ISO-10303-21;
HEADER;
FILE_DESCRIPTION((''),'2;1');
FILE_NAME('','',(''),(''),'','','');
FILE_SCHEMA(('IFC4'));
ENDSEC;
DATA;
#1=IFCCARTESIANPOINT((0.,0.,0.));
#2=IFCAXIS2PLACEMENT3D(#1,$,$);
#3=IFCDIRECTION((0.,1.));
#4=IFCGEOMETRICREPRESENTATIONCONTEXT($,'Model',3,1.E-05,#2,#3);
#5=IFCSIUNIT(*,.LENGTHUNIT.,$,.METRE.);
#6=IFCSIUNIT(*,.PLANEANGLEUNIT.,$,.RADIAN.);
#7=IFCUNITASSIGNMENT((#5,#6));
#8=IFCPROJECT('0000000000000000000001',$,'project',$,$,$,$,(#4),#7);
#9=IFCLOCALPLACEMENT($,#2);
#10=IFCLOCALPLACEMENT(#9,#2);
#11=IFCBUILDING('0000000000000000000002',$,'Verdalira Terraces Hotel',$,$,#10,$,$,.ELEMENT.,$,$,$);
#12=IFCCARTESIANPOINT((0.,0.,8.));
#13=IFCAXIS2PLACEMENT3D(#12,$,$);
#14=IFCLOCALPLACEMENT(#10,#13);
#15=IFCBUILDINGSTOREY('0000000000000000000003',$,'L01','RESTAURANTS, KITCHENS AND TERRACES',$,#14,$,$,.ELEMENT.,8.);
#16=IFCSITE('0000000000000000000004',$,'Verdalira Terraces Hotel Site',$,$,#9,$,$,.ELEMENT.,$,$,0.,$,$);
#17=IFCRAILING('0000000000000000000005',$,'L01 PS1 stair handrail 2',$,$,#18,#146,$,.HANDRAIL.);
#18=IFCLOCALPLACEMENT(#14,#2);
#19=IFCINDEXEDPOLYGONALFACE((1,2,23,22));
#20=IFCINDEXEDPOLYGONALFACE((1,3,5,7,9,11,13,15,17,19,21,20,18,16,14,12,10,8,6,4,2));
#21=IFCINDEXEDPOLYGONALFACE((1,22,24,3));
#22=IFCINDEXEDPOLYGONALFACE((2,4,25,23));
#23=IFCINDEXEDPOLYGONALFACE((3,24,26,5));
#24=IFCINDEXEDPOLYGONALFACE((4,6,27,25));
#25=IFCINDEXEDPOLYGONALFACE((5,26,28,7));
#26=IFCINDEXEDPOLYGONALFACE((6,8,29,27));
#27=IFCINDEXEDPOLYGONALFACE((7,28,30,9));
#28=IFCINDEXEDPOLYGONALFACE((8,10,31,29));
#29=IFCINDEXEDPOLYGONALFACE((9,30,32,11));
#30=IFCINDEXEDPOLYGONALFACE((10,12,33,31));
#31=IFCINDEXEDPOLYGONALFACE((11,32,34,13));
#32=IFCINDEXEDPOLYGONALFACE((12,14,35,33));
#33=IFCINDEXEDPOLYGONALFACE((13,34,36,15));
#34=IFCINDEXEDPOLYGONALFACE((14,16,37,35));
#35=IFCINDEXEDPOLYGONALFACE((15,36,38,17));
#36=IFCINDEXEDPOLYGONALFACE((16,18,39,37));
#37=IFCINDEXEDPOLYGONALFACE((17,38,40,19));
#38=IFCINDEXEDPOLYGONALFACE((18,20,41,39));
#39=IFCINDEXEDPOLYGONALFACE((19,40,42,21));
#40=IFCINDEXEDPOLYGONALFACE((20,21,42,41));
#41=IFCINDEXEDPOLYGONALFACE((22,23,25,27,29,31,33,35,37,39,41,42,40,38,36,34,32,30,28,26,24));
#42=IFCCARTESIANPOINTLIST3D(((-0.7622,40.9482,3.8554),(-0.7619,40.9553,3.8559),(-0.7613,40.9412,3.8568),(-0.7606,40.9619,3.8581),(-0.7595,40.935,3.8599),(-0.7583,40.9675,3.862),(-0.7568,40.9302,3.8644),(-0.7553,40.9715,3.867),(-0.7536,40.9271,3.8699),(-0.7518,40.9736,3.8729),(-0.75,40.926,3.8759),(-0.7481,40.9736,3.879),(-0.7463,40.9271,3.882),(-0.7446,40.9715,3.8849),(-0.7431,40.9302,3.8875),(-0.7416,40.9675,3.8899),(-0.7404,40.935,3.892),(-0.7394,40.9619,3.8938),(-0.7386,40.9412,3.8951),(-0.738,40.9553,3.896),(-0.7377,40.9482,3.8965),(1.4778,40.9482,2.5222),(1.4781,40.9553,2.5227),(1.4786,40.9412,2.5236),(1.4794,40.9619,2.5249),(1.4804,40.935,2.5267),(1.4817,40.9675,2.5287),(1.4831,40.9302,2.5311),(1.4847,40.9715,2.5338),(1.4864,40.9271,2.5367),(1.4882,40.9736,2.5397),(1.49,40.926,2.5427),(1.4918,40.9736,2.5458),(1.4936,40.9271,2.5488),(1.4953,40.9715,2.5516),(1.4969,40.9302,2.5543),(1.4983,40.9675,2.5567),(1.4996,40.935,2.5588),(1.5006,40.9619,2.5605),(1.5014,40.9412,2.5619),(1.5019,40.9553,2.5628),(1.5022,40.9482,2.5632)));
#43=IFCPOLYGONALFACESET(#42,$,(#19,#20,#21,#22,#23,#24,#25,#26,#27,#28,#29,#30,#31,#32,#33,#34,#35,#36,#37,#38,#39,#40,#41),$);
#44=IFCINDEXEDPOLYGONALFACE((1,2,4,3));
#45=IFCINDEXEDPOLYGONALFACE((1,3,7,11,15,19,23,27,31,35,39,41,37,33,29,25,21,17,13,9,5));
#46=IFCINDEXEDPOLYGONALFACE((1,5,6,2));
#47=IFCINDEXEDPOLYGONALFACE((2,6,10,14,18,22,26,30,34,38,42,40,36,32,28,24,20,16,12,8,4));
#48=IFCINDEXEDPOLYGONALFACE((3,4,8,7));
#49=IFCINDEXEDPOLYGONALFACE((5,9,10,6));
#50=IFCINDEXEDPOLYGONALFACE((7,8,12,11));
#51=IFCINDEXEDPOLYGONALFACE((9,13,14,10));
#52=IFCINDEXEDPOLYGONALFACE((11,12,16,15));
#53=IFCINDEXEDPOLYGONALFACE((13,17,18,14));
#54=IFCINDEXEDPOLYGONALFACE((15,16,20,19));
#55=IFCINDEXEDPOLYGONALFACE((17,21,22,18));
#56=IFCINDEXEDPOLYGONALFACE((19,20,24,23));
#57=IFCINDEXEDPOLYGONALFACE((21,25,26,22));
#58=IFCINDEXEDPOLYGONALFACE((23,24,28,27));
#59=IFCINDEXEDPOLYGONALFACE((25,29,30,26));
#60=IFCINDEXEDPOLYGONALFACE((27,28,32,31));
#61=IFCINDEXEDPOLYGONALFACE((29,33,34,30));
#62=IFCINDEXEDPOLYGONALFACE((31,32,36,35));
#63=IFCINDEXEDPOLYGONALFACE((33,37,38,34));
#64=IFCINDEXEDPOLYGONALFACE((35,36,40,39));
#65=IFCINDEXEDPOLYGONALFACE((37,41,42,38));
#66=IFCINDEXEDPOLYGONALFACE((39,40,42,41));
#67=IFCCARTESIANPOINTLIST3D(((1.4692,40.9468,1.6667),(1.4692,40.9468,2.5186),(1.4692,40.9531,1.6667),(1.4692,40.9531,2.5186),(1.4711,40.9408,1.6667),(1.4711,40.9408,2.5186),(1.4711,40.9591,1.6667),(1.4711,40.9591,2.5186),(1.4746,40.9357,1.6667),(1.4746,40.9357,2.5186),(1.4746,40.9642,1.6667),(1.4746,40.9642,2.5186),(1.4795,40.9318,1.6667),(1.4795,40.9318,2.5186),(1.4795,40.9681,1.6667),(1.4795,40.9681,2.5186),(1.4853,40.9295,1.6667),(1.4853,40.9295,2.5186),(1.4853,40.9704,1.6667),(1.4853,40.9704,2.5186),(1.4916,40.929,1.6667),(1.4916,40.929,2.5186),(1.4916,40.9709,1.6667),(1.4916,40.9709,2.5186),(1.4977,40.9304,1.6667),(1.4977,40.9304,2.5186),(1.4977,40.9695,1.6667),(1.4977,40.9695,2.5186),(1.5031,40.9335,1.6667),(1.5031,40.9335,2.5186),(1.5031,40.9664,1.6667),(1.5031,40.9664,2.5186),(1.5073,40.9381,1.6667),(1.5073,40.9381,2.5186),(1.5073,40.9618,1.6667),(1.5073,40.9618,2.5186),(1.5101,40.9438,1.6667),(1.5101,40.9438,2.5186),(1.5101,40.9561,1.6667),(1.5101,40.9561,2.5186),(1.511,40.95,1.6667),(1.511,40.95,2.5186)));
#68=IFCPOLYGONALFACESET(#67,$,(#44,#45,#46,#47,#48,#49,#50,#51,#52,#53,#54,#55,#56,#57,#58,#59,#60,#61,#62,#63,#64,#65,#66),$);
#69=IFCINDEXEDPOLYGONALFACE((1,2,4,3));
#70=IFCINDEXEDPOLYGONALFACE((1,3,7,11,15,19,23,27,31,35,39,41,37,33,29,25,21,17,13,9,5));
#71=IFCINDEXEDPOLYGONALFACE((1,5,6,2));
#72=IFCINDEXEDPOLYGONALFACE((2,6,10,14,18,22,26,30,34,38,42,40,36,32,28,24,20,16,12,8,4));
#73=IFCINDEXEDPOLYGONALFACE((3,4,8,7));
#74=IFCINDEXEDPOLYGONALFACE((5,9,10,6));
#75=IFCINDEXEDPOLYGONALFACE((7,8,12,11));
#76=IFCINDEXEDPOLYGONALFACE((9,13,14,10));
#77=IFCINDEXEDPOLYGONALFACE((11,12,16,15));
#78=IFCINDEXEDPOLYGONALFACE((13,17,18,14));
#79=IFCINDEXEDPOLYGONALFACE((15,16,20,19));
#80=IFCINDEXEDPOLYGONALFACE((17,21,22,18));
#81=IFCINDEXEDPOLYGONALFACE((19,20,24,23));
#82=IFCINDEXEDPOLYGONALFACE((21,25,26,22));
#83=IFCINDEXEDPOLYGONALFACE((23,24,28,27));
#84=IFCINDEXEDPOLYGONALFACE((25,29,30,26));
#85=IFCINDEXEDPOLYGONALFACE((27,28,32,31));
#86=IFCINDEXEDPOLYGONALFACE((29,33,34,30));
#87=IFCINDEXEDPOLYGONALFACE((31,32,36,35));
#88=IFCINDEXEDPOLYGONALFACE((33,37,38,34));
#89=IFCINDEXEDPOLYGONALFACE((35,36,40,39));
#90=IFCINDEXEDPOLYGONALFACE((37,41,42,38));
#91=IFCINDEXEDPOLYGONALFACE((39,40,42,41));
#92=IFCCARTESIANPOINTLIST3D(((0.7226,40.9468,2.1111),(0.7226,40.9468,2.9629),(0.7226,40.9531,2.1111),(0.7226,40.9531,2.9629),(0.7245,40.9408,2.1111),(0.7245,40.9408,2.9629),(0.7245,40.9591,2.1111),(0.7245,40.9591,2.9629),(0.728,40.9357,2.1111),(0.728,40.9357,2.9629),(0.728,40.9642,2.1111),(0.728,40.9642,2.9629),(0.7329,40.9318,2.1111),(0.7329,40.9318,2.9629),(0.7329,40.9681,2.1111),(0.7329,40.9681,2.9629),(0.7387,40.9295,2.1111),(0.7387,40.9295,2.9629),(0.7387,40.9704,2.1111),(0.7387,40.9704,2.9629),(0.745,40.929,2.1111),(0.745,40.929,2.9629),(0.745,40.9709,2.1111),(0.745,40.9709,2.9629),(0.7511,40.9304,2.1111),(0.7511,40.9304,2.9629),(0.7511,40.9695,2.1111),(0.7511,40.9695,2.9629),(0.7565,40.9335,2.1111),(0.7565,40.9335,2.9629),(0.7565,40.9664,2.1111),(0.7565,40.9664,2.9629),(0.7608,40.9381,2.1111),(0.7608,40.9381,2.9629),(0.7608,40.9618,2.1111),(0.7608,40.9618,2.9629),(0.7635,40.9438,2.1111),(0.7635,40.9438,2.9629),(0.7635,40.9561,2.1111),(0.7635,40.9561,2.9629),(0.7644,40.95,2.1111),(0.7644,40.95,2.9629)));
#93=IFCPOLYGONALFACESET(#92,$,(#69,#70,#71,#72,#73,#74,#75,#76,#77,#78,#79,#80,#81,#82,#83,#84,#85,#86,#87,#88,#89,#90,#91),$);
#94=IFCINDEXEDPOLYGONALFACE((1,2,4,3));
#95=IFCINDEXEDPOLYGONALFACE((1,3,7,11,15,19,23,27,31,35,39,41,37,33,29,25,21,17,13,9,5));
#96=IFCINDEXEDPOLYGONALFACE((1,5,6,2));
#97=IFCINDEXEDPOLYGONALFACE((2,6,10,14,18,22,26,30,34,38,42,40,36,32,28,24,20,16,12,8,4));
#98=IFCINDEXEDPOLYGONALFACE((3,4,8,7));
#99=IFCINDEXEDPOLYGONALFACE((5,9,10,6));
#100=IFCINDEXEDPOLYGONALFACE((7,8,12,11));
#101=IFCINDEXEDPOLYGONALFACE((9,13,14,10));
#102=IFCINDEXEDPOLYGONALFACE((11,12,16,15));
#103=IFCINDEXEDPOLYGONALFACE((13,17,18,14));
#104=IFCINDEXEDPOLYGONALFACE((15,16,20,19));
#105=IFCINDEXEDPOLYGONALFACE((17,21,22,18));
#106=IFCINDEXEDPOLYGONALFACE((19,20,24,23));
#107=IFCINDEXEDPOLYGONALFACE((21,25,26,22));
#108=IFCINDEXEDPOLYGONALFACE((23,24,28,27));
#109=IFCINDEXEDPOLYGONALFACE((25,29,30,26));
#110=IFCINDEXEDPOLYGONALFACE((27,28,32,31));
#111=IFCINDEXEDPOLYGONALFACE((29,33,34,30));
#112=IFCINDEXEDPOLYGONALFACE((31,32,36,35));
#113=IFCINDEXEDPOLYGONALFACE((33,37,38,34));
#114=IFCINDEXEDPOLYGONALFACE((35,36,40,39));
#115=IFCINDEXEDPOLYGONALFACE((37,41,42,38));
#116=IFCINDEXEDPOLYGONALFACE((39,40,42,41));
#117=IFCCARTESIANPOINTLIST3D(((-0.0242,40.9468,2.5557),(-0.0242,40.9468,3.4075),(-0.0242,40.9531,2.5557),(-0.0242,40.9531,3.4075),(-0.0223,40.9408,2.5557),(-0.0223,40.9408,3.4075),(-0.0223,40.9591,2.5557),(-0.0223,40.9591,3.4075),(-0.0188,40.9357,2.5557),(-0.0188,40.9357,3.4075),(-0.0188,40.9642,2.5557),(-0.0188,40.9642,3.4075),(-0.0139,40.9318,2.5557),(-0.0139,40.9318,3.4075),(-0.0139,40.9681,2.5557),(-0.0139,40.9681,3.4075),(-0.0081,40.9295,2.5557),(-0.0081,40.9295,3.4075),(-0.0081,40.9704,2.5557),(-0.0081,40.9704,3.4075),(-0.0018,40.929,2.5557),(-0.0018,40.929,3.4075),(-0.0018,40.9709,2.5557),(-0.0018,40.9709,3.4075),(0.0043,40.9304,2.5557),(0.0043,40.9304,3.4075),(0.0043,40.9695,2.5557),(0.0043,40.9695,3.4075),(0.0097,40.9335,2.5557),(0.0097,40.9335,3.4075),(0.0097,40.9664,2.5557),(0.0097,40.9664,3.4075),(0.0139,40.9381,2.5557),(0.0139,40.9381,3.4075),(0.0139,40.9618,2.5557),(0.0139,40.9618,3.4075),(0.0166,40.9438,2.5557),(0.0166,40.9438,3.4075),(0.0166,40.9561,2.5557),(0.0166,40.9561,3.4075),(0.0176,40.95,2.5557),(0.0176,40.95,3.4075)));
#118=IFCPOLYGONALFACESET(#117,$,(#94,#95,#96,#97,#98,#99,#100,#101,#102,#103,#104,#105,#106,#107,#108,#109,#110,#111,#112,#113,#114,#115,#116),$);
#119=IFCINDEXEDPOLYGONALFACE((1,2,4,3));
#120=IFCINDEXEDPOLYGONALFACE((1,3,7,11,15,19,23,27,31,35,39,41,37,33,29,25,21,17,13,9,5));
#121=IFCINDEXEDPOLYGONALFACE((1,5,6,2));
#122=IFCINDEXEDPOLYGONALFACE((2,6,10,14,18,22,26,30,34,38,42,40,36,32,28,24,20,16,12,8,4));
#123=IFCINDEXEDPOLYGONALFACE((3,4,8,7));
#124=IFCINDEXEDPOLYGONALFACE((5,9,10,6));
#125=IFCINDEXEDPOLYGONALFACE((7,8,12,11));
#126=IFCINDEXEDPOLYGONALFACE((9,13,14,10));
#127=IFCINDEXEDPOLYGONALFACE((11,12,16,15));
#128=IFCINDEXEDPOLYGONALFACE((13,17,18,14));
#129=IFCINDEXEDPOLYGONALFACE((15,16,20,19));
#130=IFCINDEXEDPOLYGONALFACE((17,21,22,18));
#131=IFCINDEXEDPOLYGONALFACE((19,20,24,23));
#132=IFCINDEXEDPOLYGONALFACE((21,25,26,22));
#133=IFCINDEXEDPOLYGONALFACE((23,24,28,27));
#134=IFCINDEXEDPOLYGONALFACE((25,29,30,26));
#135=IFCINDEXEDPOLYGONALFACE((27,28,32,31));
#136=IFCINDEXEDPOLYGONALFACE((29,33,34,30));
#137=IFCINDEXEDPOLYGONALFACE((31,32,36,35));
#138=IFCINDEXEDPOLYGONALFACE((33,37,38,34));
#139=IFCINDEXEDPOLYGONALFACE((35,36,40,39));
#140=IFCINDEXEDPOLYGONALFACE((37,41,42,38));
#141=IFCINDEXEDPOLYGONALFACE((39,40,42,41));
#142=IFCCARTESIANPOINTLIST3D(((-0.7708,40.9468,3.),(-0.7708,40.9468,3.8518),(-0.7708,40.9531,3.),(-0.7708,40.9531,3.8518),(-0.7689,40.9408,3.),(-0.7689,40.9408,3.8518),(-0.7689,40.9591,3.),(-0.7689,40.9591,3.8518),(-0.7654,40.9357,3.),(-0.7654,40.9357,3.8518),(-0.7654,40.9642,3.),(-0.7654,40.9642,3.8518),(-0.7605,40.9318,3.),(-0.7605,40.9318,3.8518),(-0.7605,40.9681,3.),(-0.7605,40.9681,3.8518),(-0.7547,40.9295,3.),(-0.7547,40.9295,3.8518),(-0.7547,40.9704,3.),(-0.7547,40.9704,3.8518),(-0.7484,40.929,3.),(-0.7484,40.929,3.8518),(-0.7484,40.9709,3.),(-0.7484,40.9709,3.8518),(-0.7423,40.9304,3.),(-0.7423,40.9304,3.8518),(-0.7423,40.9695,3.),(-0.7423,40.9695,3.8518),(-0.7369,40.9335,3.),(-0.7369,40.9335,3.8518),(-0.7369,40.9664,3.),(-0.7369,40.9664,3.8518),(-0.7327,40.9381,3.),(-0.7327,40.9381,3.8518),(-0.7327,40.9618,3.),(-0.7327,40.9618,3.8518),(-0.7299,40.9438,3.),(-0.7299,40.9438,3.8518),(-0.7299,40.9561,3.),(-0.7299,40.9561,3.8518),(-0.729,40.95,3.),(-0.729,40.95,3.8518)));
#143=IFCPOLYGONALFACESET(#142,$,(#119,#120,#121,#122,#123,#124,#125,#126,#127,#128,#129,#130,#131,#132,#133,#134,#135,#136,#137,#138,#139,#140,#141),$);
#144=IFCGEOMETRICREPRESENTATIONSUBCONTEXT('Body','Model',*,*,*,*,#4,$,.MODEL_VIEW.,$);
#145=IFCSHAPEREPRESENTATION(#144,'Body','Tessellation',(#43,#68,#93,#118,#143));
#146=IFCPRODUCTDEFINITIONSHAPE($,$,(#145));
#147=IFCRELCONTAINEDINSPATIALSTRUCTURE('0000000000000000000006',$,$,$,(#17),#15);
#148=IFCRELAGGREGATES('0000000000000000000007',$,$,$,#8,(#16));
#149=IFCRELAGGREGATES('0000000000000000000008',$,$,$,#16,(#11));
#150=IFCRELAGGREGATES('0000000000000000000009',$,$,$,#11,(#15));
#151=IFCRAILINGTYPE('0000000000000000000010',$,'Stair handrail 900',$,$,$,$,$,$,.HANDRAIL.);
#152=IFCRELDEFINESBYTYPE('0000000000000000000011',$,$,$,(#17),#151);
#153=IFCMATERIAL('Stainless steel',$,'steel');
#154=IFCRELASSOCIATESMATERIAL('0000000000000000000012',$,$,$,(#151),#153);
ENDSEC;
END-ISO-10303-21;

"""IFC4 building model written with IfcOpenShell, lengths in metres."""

from ifc_helpers import new_model, si_unit, direction, frame, origin, origin_2d, place, context, subcontext, project, spatial, circle, extrude, material, type_object, element, save


model = new_model("IFC4")

# Units and contexts
model_context = context("Model", 3, precision=1e-05, world=origin(), true_north=direction((0.0, 1.0)))
body_context = subcontext(model_context, "Body", "Model", "MODEL_VIEW")
ifc_project = project(units=[si_unit("LENGTHUNIT", "METRE"), si_unit("PLANEANGLEUNIT", "RADIAN")], contexts=[model_context])

# Site, building, storey
site_placement = place(None, origin())
site = spatial("IfcSite", under=ifc_project, at=site_placement, Name="Verdalira Terraces Hotel Site", CompositionType="ELEMENT", RefElevation=0.0)
building_placement = place(site_placement, origin())
building = spatial("IfcBuilding", under=site, at=building_placement, Name="Verdalira Terraces Hotel", CompositionType="ELEMENT")
storey_placement = place(building_placement, frame((0.0, 0.0, 8.0)))
storey = spatial("IfcBuildingStorey", under=building, at=storey_placement, Name="L01", Description="RESTAURANTS, KITCHENS AND TERRACES", CompositionType="ELEMENT", Elevation=8.0)

# Railing
ifc_material_1 = material(Name="Stainless steel", Category="steel")
railing_type_1 = type_object("IfcRailingType", Name="Stair handrail 900", PredefinedType="HANDRAIL", material=ifc_material_1)
for number, where, name in (
    (1, (1.49, 40.95, 1.6667), "L01 PS1 stair handrail 2"),
):
    element("IfcRailing", number, at=place(storey_placement, frame(where)), inside=storey, type_object=railing_type_1, Name=name, PredefinedType="HANDRAIL", context=body_context, shape_type="SweptSolid", body=[
        extrude(circle(Radius=0.0239, at=origin_2d()), frame((0.0, 0.0, 0.876), z_axis=(-0.859306, 0.0, 0.511462), x_axis=(0.0, -1.0, 0.0)), (0.0, 0.0, 1.0), 2.6067),
        extrude(circle(Radius=0.021, at=origin_2d()), origin(), (0.0, 0.0, 1.0), 0.8518),
        extrude(circle(Radius=0.021, at=origin_2d()), frame((-0.7466, 0.0, 0.4443)), (0.0, 0.0, 1.0), 0.8518),
        extrude(circle(Radius=0.021, at=origin_2d()), frame((-1.4934, 0.0, 0.8889)), (0.0, 0.0, 1.0), 0.8518),
        extrude(circle(Radius=0.021, at=origin_2d()), frame((-2.24, 0.0, 1.3333)), (0.0, 0.0, 1.0), 0.8518),
    ])

save(model, "model.ifc")
